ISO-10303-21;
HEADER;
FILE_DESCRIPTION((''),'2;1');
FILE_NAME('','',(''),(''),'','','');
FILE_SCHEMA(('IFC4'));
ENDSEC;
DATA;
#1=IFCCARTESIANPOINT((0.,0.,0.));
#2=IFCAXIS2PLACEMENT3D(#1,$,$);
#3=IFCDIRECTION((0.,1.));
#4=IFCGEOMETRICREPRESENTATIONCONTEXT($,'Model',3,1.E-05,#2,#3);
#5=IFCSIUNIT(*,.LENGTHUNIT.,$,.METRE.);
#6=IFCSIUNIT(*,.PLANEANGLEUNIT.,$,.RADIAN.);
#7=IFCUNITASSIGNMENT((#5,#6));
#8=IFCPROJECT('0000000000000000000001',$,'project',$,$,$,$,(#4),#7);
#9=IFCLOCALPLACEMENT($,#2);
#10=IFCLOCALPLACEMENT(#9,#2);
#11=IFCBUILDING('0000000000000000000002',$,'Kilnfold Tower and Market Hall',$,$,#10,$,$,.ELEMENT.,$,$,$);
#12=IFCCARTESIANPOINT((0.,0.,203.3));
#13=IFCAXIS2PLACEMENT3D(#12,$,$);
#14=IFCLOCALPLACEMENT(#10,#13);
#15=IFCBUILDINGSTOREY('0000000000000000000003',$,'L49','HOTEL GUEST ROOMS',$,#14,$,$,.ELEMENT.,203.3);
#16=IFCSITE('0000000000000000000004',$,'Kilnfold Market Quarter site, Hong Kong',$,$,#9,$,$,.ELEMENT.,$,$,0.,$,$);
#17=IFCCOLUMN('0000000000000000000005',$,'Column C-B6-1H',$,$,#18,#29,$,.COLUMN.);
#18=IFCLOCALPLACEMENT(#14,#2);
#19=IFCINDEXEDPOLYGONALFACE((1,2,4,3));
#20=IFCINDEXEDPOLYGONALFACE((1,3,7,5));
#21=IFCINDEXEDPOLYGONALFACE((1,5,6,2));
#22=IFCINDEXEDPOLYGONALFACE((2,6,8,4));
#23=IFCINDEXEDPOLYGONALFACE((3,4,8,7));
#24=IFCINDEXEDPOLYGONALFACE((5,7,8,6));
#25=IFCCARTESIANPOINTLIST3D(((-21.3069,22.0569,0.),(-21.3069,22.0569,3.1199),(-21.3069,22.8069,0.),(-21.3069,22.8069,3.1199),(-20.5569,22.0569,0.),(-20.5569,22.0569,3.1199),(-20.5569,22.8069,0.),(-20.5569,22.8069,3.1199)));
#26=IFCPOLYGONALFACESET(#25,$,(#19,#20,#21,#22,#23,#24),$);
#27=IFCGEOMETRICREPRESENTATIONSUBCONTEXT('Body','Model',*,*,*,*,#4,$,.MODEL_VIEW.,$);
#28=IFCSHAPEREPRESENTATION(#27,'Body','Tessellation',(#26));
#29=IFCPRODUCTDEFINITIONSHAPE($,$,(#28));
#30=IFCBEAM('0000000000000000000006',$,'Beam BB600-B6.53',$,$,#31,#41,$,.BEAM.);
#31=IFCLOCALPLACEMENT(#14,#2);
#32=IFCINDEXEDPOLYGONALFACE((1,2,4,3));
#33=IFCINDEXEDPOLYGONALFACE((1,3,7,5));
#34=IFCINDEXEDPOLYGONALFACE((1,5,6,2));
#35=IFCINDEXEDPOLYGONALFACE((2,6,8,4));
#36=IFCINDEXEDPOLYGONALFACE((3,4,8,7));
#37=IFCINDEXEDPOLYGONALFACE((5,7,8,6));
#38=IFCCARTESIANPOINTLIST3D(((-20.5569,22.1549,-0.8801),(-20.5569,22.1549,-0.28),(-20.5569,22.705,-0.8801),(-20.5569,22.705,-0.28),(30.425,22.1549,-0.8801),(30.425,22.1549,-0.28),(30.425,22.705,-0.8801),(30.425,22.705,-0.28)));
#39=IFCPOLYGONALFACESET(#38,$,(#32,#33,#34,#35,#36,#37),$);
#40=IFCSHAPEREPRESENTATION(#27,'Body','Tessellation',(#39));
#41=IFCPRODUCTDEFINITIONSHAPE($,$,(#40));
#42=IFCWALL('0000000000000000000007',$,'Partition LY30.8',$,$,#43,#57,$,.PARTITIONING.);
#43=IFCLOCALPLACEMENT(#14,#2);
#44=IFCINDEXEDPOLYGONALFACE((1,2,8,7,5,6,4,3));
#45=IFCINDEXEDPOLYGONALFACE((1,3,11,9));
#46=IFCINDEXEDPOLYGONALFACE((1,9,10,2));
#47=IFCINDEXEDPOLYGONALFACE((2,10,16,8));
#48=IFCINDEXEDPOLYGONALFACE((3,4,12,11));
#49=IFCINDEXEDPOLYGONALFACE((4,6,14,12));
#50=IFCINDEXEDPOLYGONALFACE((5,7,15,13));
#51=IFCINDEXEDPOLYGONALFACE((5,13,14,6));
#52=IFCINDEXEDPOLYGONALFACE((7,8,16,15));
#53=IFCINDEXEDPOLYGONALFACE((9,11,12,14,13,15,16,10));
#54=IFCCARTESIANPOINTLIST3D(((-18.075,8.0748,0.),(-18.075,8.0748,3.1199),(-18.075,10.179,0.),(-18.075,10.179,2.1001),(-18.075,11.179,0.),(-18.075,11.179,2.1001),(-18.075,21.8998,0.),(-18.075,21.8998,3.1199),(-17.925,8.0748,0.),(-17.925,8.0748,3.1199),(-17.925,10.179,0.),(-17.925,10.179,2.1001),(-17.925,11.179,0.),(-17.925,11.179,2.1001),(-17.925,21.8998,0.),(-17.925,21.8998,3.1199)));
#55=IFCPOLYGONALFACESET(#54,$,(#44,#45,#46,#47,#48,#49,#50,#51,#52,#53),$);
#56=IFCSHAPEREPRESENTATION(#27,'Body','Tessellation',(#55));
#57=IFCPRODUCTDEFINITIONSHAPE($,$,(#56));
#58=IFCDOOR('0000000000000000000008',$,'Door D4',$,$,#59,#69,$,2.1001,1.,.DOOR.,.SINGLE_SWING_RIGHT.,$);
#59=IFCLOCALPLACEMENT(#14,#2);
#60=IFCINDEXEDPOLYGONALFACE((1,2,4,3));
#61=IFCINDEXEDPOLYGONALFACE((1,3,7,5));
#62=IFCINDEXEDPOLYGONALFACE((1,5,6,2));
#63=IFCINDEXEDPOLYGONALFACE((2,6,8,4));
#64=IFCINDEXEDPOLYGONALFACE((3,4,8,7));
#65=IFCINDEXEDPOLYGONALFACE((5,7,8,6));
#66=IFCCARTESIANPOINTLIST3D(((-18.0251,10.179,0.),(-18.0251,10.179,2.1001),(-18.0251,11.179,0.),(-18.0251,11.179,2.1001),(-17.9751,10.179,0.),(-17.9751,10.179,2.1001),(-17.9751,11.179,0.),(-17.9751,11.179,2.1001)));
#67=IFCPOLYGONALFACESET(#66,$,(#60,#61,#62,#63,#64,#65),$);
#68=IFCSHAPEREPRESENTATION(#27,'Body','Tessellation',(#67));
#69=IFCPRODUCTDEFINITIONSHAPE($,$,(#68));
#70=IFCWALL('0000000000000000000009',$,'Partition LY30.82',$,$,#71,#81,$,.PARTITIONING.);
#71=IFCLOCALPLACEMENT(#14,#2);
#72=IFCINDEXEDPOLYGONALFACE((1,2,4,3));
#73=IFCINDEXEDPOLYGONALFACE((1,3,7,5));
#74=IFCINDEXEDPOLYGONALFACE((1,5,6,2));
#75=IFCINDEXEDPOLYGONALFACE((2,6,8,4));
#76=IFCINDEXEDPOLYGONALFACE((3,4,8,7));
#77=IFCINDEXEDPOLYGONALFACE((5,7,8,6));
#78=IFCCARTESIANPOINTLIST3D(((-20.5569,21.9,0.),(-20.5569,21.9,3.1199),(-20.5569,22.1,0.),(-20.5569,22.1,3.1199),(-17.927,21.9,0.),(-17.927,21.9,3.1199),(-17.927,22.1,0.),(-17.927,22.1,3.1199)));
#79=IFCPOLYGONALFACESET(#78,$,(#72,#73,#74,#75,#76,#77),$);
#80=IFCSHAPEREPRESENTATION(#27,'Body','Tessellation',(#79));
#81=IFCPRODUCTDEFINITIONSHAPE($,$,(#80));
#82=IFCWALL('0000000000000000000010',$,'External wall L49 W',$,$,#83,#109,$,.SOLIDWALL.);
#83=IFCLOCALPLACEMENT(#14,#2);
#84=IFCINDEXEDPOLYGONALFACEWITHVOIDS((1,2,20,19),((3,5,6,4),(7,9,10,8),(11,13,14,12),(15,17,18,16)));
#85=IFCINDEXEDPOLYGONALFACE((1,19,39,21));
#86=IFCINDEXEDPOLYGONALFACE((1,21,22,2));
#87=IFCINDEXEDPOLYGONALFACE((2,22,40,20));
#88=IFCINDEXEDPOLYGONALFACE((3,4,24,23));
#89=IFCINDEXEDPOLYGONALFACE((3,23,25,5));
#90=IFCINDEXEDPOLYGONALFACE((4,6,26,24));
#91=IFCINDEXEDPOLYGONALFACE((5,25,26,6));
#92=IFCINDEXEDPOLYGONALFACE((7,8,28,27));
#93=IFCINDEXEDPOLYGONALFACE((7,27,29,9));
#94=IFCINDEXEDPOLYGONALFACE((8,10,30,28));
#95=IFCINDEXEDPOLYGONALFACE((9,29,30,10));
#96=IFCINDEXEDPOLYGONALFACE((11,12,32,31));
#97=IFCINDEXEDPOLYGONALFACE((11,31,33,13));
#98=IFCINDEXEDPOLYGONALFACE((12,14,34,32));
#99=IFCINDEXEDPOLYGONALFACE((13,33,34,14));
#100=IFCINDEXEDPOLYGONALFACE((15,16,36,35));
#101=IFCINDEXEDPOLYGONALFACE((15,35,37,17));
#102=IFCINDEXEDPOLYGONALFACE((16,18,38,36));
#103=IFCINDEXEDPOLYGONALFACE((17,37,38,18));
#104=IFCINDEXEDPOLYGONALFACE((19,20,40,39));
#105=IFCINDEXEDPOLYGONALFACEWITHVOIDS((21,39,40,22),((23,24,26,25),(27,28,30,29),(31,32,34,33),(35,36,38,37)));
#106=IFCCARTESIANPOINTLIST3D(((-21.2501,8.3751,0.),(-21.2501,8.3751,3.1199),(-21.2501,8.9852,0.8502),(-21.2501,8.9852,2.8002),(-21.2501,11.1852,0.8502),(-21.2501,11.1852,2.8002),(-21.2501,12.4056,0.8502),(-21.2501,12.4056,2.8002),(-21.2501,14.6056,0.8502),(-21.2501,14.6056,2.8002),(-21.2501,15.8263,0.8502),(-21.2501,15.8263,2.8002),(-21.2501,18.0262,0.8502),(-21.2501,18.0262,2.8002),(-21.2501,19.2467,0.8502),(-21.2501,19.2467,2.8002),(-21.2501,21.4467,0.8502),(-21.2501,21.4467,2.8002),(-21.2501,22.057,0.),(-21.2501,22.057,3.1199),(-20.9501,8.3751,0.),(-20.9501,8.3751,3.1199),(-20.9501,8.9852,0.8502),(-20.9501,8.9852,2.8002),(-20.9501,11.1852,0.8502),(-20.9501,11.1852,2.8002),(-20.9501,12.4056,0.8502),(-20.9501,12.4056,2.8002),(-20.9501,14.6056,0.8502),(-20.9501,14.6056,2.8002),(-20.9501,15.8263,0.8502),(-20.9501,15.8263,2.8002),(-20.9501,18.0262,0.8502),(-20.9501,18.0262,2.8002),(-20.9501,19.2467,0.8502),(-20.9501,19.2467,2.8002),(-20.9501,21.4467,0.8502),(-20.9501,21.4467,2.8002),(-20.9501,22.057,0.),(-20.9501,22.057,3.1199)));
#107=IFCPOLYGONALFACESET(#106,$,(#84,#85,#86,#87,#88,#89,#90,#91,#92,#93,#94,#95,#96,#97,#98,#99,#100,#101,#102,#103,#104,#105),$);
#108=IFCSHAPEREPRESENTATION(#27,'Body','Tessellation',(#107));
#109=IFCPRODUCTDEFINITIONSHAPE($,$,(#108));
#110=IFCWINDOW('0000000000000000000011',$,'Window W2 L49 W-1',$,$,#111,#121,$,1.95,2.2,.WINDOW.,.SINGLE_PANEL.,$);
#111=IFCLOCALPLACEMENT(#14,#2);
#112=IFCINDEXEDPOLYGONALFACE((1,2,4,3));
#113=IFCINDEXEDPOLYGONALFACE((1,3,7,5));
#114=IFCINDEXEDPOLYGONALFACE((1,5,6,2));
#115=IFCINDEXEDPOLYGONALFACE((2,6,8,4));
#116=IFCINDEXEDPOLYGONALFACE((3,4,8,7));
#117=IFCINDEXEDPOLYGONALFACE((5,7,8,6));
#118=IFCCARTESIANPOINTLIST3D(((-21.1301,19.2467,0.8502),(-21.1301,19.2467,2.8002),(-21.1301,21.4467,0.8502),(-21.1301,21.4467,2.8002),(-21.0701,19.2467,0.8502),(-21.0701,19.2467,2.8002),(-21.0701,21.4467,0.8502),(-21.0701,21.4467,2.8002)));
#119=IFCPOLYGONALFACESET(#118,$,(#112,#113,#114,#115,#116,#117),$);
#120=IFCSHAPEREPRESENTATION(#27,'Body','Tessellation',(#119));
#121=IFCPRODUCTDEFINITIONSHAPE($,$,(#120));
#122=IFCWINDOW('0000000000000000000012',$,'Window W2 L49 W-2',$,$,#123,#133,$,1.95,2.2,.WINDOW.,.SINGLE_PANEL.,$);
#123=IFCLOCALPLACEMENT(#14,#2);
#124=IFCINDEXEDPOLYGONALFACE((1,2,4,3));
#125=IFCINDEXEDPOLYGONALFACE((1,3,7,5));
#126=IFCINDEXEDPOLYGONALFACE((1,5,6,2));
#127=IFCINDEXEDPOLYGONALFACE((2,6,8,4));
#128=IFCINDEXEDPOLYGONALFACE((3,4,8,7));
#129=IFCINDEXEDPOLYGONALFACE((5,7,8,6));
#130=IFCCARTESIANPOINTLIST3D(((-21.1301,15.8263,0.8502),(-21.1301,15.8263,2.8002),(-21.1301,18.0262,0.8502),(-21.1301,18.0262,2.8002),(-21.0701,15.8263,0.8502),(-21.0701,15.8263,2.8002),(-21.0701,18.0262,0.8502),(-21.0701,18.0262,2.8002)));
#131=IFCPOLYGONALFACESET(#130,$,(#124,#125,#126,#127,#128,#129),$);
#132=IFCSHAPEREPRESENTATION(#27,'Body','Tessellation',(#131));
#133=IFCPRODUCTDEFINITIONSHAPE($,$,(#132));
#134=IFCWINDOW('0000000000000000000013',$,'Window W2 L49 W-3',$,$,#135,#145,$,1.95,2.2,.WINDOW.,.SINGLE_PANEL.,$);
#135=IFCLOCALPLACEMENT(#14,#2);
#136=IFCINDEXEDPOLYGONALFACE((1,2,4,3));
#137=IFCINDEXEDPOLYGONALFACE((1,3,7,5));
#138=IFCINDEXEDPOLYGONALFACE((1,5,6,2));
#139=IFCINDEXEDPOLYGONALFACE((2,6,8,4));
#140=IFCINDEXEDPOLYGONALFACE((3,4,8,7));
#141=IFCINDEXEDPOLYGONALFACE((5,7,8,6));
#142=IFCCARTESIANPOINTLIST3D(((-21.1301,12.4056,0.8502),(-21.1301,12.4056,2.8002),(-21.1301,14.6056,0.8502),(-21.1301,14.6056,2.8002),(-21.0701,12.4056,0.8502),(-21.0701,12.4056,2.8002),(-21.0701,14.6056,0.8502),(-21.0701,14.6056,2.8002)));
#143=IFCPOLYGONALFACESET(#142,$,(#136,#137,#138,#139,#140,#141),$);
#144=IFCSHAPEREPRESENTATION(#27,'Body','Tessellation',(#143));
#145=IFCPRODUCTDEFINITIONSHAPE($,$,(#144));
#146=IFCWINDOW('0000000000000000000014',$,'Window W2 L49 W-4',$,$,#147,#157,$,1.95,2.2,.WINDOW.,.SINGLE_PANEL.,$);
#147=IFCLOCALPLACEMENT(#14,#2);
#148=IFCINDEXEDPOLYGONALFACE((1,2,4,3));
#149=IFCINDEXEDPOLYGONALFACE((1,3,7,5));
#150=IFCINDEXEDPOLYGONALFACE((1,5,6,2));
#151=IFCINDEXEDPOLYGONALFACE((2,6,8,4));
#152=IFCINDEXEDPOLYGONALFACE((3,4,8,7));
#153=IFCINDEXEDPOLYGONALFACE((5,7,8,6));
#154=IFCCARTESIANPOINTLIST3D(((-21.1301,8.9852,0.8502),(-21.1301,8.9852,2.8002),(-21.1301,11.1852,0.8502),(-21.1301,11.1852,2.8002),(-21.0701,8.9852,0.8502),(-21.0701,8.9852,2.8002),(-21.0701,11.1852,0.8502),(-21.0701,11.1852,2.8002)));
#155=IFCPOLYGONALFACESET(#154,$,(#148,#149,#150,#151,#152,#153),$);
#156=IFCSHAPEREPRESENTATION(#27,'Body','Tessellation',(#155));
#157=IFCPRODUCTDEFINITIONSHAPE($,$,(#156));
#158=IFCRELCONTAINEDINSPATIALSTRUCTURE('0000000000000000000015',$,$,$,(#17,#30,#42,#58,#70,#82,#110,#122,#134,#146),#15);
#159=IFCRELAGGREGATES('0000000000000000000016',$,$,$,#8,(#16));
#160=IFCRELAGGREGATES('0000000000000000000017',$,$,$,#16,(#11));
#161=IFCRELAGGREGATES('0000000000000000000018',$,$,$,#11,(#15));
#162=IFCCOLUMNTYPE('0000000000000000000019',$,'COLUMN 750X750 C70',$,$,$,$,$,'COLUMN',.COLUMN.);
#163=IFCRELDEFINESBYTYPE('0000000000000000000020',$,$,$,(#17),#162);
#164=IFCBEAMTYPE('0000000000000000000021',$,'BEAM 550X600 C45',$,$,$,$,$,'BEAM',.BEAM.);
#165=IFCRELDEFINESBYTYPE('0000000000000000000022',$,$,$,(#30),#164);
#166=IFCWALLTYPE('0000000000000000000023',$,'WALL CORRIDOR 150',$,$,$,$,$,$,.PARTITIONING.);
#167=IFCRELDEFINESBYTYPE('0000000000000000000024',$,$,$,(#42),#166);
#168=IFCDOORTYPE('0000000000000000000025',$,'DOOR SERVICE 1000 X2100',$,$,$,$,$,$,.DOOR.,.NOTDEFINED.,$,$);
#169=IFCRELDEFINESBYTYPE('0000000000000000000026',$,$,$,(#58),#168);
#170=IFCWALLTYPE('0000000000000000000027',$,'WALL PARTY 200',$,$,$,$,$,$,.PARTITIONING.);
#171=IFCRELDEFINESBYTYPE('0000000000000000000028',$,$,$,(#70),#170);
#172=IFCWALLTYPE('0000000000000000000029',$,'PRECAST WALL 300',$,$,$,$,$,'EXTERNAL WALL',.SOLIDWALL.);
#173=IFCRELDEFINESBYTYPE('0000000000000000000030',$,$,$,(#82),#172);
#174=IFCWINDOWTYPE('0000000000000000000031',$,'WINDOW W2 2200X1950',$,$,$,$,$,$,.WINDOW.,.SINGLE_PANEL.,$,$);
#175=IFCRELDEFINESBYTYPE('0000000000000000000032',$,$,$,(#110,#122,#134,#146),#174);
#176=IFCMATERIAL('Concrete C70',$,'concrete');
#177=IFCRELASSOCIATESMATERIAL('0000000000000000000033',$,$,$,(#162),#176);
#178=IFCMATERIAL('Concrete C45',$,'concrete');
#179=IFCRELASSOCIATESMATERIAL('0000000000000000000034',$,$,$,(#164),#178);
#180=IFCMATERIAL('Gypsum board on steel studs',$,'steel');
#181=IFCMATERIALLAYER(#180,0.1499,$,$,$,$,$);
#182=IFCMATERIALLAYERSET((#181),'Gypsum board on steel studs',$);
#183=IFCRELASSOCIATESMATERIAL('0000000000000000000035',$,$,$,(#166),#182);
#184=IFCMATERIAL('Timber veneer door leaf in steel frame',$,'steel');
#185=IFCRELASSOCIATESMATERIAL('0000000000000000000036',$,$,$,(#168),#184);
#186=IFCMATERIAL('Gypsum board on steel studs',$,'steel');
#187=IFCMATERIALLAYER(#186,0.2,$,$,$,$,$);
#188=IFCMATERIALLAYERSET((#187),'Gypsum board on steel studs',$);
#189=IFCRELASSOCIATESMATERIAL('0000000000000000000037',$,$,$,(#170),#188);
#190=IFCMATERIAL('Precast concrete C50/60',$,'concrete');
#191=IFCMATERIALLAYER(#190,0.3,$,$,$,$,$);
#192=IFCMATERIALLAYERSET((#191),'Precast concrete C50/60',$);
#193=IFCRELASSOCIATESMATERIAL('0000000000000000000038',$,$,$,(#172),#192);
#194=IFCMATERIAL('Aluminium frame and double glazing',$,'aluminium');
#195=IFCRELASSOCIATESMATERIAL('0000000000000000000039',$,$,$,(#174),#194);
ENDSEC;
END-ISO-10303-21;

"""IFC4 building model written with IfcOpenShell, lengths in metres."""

from ifc_helpers import new_model, si_unit, direction, frame, frame_2d, origin, origin_2d, place, context, subcontext, project, spatial, rectangle, extrude, source, transform, mapped, material, layer, layer_set, material_profile, profile_set, type_object, element, fill, save


model = new_model("IFC4")

# Units and contexts
model_context = context("Model", 3, precision=1e-05, world=origin(), true_north=direction((0.0, 1.0)))
body_context = subcontext(model_context, "Body", "Model", "MODEL_VIEW")
ifc_project = project(units=[si_unit("LENGTHUNIT", "METRE"), si_unit("PLANEANGLEUNIT", "RADIAN")], contexts=[model_context])

# Site, building, storey
site_placement = place(None, origin())
site = spatial("IfcSite", under=ifc_project, at=site_placement, Name="Kilnfold Market Quarter site, Hong Kong", CompositionType="ELEMENT", RefElevation=0.0)
building_placement = place(site_placement, origin())
building = spatial("IfcBuilding", under=site, at=building_placement, Name="Kilnfold Tower and Market Hall", CompositionType="ELEMENT")
storey_placement = place(building_placement, frame((0.0, 0.0, 203.3)))
storey = spatial("IfcBuildingStorey", under=building, at=storey_placement, Name="L49", Description="HOTEL GUEST ROOMS", CompositionType="ELEMENT", Elevation=203.3)

# Column
ifc_material_1 = material(Name="Concrete C70", Category="concrete")
ifc_material_profile_1 = material_profile(ifc_material_1, rectangle(XDim=0.75, YDim=0.75, at=origin_2d()), Name="RC 750x750")
ifc_profile_set_1 = profile_set([ifc_material_profile_1], Name="Concrete C70")
column_type = type_object("IfcColumnType", Name="COLUMN 750X750 C70", ElementType="COLUMN", PredefinedType="COLUMN", material=ifc_profile_set_1)
shared_shape_1 = source(origin(), body_context, "Body", "SweptSolid", [
    extrude(rectangle(XDim=0.75, YDim=0.75, at=origin_2d()), origin(), (0.0, 0.0, 1.0), 3.1199),
])
column_placement = place(storey_placement, frame((-20.9319, 22.4319, 0.0), z_axis=(0.0, 0.0, 1.0), x_axis=(1.0, 0.0, 0.0)))
element("IfcColumn", 1, at=column_placement, inside=storey, type_object=column_type, Name="Column C-B6-1H", PredefinedType="COLUMN", context=body_context, shape_type="MappedRepresentation", body=[
    mapped(shared_shape_1, transform((0.0, 0.0, 0.0))),
])

# Beam
ifc_material_2 = material(Name="Concrete C45", Category="concrete")
ifc_material_profile_2 = material_profile(ifc_material_2, rectangle(XDim=0.55, YDim=0.6001, at=origin_2d()), Name="RC 550x600")
ifc_profile_set_2 = profile_set([ifc_material_profile_2], Name="Concrete C45")
beam_type = type_object("IfcBeamType", Name="BEAM 550X600 C45", ElementType="BEAM", PredefinedType="BEAM", material=ifc_profile_set_2)
shared_shape_2 = source(origin(), body_context, "Body", "SweptSolid", [
    extrude(rectangle(XDim=0.55, YDim=0.6001, at=origin_2d()), origin(), (0.0, 0.0, 1.0), 50.9819),
])
beam_placement = place(storey_placement, frame((-20.5569, 22.4299, -0.5801), z_axis=(1.0, 0.0, 0.0), x_axis=(0.0, 1.0, 0.0)))
element("IfcBeam", 2, at=beam_placement, inside=storey, type_object=beam_type, Name="Beam BB600-B6.53", PredefinedType="BEAM", context=body_context, shape_type="MappedRepresentation", body=[
    mapped(shared_shape_2, transform((0.0, 0.0, 0.0))),
])

# Wall, opening, door
ifc_material_3 = material(Name="Gypsum board on steel studs", Category="steel")
ifc_layer_1 = layer(ifc_material_3, 0.1499)
ifc_layer_set_1 = layer_set([ifc_layer_1], Name="Gypsum board on steel studs")
wall_type_1 = type_object("IfcWallType", Name="WALL CORRIDOR 150", PredefinedType="PARTITIONING", material=ifc_layer_set_1)
wall_1_placement = place(storey_placement, frame((-18.0, 21.8999, 0.0), z_axis=(0.0, 0.0, 1.0), x_axis=(0.0, -1.0, 0.0)))
wall_1 = element("IfcWall", 3, at=wall_1_placement, inside=storey, type_object=wall_type_1, Name="Partition LY30.8", PredefinedType="PARTITIONING", context=body_context, shape_type="SweptSolid", body=[
    extrude(rectangle(XDim=13.825, YDim=0.1499, at=frame_2d((6.9126, 0.0))), origin(), (0.0, 0.0, 1.0), 3.1199),
])
opening_1_placement = place(wall_1_placement, frame((10.7209, 0.0, 0.0)))
opening_1 = element("IfcOpeningElement", 4, at=opening_1_placement, cuts=wall_1, PredefinedType="OPENING", context=body_context, shape_type="SweptSolid", body=[
    extrude(rectangle(XDim=1.0, YDim=2.1001, at=frame_2d((0.5, 1.05))), frame((0.0, 0.085, 0.0), z_axis=(0.0, -1.0, 0.0), x_axis=(1.0, 0.0, 0.0)), (0.0, 0.0, 1.0), 0.1699),
])
ifc_material_4 = material(Name="Timber veneer door leaf in steel frame", Category="steel")
door_type = type_object("IfcDoorType", Name="DOOR SERVICE 1000 X2100", OperationType="NOTDEFINED", PredefinedType="DOOR", material=ifc_material_4)
door_placement = place(opening_1_placement, origin())
door = element("IfcDoor", 5, at=door_placement, inside=storey, type_object=door_type, Name="Door D4", OperationType="SINGLE_SWING_RIGHT", OverallHeight=2.1001, OverallWidth=1.0, PredefinedType="DOOR", context=body_context, shape_type="SweptSolid", body=[
    extrude(rectangle(XDim=1.0, YDim=2.1001, at=frame_2d((0.5, 1.05))), frame((0.0, 0.0249, 0.0), z_axis=(0.0, -1.0, 0.0), x_axis=(1.0, 0.0, 0.0)), (0.0, 0.0, 1.0), 0.05),
])
fill(opening_1, door)

# Wall
ifc_material_5 = material(Name="Gypsum board on steel studs", Category="steel")
ifc_layer_2 = layer(ifc_material_5, 0.2)
ifc_layer_set_2 = layer_set([ifc_layer_2], Name="Gypsum board on steel studs")
wall_type_2 = type_object("IfcWallType", Name="WALL PARTY 200", PredefinedType="PARTITIONING", material=ifc_layer_set_2)
wall_2_placement = place(storey_placement, frame((-17.927, 22.0, 0.0), z_axis=(0.0, 0.0, 1.0), x_axis=(-1.0, 0.0, 0.0)))
element("IfcWall", 6, at=wall_2_placement, inside=storey, type_object=wall_type_2, Name="Partition LY30.82", PredefinedType="PARTITIONING", context=body_context, shape_type="SweptSolid", body=[
    extrude(rectangle(XDim=2.6299, YDim=0.2, at=frame_2d((1.3149, 0.0))), origin(), (0.0, 0.0, 1.0), 3.1199),
])

# Wall, openings, windows
ifc_material_6 = material(Name="Precast concrete C50/60", Category="concrete")
ifc_layer_3 = layer(ifc_material_6, 0.3)
ifc_layer_set_3 = layer_set([ifc_layer_3], Name="Precast concrete C50/60")
wall_type_3 = type_object("IfcWallType", Name="PRECAST WALL 300", ElementType="EXTERNAL WALL", PredefinedType="SOLIDWALL", material=ifc_layer_set_3)
shared_shape_3 = source(origin(), body_context, "Body", "SweptSolid", [
    extrude(rectangle(XDim=13.6819, YDim=0.3, at=frame_2d((6.8408, 0.0))), origin(), (0.0, 0.0, 1.0), 3.1199),
])
wall_3_placement = place(storey_placement, frame((-21.1001, 22.0569, 0.0), z_axis=(0.0, 0.0, 1.0), x_axis=(0.0, -1.0, 0.0)))
wall_3 = element("IfcWall", 7, at=wall_3_placement, inside=storey, type_object=wall_type_3, Name="External wall L49 W", PredefinedType="SOLIDWALL", context=body_context, shape_type="MappedRepresentation", body=[
    mapped(shared_shape_3, transform((0.0, 0.0, 0.0))),
])
opening_2_placement = place(wall_3_placement, frame((0.6101, 0.0, 0.8501)))
opening_2 = element("IfcOpeningElement", 8, at=opening_2_placement, cuts=wall_3, PredefinedType="OPENING", context=body_context, shape_type="SweptSolid", body=[
    extrude(rectangle(XDim=2.2, YDim=1.95, at=frame_2d((1.1001, 0.9751))), frame((0.0, 0.1602, 0.0), z_axis=(0.0, -1.0, 0.0), x_axis=(1.0, 0.0, 0.0)), (0.0, 0.0, 1.0), 0.3201),
])
opening_3_placement = place(wall_3_placement, frame((4.0305, 0.0, 0.8501)))
opening_3 = element("IfcOpeningElement", 9, at=opening_3_placement, cuts=wall_3, PredefinedType="OPENING", context=body_context, shape_type="SweptSolid", body=[
    extrude(rectangle(XDim=2.2, YDim=1.95, at=frame_2d((1.1001, 0.9751))), frame((0.0, 0.1602, 0.0), z_axis=(0.0, -1.0, 0.0), x_axis=(1.0, 0.0, 0.0)), (0.0, 0.0, 1.0), 0.3201),
])
opening_4_placement = place(wall_3_placement, frame((7.4512, 0.0, 0.8501)))
opening_4 = element("IfcOpeningElement", 10, at=opening_4_placement, cuts=wall_3, PredefinedType="OPENING", context=body_context, shape_type="SweptSolid", body=[
    extrude(rectangle(XDim=2.2, YDim=1.95, at=frame_2d((1.1001, 0.9751))), frame((0.0, 0.1602, 0.0), z_axis=(0.0, -1.0, 0.0), x_axis=(1.0, 0.0, 0.0)), (0.0, 0.0, 1.0), 0.3201),
])
opening_5_placement = place(wall_3_placement, frame((10.8716, 0.0, 0.8501)))
opening_5 = element("IfcOpeningElement", 11, at=opening_5_placement, cuts=wall_3, PredefinedType="OPENING", context=body_context, shape_type="SweptSolid", body=[
    extrude(rectangle(XDim=2.2, YDim=1.95, at=frame_2d((1.1001, 0.9751))), frame((0.0, 0.1602, 0.0), z_axis=(0.0, -1.0, 0.0), x_axis=(1.0, 0.0, 0.0)), (0.0, 0.0, 1.0), 0.3201),
])
ifc_material_7 = material(Name="Aluminium frame and double glazing", Category="aluminium")
window_type = type_object("IfcWindowType", Name="WINDOW W2 2200X1950", PartitioningType="SINGLE_PANEL", PredefinedType="WINDOW", material=ifc_material_7)
window_1_placement = place(opening_2_placement, origin())
window_1 = element("IfcWindow", 12, at=window_1_placement, inside=storey, type_object=window_type, Name="Window W2 L49 W-1", OverallHeight=1.95, OverallWidth=2.2, PartitioningType="SINGLE_PANEL", PredefinedType="WINDOW", context=body_context, shape_type="SweptSolid", body=[
    extrude(rectangle(XDim=2.2, YDim=1.95, at=frame_2d((1.1001, 0.9751))), frame((0.0, 0.03, 0.0), z_axis=(0.0, -1.0, 0.0), x_axis=(1.0, 0.0, 0.0)), (0.0, 0.0, 1.0), 0.0601),
])
fill(opening_2, window_1)
window_2_placement = place(opening_3_placement, origin())
window_2 = element("IfcWindow", 13, at=window_2_placement, inside=storey, type_object=window_type, Name="Window W2 L49 W-2", OverallHeight=1.95, OverallWidth=2.2, PartitioningType="SINGLE_PANEL", PredefinedType="WINDOW", context=body_context, shape_type="SweptSolid", body=[
    extrude(rectangle(XDim=2.2, YDim=1.95, at=frame_2d((1.1001, 0.9751))), frame((0.0, 0.03, 0.0), z_axis=(0.0, -1.0, 0.0), x_axis=(1.0, 0.0, 0.0)), (0.0, 0.0, 1.0), 0.0601),
])
fill(opening_3, window_2)
window_3_placement = place(opening_4_placement, origin())
window_3 = element("IfcWindow", 14, at=window_3_placement, inside=storey, type_object=window_type, Name="Window W2 L49 W-3", OverallHeight=1.95, OverallWidth=2.2, PartitioningType="SINGLE_PANEL", PredefinedType="WINDOW", context=body_context, shape_type="SweptSolid", body=[
    extrude(rectangle(XDim=2.2, YDim=1.95, at=frame_2d((1.1001, 0.9751))), frame((0.0, 0.03, 0.0), z_axis=(0.0, -1.0, 0.0), x_axis=(1.0, 0.0, 0.0)), (0.0, 0.0, 1.0), 0.0601),
])
fill(opening_4, window_3)
window_4_placement = place(opening_5_placement, origin())
window_4 = element("IfcWindow", 15, at=window_4_placement, inside=storey, type_object=window_type, Name="Window W2 L49 W-4", OverallHeight=1.95, OverallWidth=2.2, PartitioningType="SINGLE_PANEL", PredefinedType="WINDOW", context=body_context, shape_type="SweptSolid", body=[
    extrude(rectangle(XDim=2.2, YDim=1.95, at=frame_2d((1.1001, 0.9751))), frame((0.0, 0.03, 0.0), z_axis=(0.0, -1.0, 0.0), x_axis=(1.0, 0.0, 0.0)), (0.0, 0.0, 1.0), 0.0601),
])
fill(opening_5, window_4)

save(model, "model.ifc")
